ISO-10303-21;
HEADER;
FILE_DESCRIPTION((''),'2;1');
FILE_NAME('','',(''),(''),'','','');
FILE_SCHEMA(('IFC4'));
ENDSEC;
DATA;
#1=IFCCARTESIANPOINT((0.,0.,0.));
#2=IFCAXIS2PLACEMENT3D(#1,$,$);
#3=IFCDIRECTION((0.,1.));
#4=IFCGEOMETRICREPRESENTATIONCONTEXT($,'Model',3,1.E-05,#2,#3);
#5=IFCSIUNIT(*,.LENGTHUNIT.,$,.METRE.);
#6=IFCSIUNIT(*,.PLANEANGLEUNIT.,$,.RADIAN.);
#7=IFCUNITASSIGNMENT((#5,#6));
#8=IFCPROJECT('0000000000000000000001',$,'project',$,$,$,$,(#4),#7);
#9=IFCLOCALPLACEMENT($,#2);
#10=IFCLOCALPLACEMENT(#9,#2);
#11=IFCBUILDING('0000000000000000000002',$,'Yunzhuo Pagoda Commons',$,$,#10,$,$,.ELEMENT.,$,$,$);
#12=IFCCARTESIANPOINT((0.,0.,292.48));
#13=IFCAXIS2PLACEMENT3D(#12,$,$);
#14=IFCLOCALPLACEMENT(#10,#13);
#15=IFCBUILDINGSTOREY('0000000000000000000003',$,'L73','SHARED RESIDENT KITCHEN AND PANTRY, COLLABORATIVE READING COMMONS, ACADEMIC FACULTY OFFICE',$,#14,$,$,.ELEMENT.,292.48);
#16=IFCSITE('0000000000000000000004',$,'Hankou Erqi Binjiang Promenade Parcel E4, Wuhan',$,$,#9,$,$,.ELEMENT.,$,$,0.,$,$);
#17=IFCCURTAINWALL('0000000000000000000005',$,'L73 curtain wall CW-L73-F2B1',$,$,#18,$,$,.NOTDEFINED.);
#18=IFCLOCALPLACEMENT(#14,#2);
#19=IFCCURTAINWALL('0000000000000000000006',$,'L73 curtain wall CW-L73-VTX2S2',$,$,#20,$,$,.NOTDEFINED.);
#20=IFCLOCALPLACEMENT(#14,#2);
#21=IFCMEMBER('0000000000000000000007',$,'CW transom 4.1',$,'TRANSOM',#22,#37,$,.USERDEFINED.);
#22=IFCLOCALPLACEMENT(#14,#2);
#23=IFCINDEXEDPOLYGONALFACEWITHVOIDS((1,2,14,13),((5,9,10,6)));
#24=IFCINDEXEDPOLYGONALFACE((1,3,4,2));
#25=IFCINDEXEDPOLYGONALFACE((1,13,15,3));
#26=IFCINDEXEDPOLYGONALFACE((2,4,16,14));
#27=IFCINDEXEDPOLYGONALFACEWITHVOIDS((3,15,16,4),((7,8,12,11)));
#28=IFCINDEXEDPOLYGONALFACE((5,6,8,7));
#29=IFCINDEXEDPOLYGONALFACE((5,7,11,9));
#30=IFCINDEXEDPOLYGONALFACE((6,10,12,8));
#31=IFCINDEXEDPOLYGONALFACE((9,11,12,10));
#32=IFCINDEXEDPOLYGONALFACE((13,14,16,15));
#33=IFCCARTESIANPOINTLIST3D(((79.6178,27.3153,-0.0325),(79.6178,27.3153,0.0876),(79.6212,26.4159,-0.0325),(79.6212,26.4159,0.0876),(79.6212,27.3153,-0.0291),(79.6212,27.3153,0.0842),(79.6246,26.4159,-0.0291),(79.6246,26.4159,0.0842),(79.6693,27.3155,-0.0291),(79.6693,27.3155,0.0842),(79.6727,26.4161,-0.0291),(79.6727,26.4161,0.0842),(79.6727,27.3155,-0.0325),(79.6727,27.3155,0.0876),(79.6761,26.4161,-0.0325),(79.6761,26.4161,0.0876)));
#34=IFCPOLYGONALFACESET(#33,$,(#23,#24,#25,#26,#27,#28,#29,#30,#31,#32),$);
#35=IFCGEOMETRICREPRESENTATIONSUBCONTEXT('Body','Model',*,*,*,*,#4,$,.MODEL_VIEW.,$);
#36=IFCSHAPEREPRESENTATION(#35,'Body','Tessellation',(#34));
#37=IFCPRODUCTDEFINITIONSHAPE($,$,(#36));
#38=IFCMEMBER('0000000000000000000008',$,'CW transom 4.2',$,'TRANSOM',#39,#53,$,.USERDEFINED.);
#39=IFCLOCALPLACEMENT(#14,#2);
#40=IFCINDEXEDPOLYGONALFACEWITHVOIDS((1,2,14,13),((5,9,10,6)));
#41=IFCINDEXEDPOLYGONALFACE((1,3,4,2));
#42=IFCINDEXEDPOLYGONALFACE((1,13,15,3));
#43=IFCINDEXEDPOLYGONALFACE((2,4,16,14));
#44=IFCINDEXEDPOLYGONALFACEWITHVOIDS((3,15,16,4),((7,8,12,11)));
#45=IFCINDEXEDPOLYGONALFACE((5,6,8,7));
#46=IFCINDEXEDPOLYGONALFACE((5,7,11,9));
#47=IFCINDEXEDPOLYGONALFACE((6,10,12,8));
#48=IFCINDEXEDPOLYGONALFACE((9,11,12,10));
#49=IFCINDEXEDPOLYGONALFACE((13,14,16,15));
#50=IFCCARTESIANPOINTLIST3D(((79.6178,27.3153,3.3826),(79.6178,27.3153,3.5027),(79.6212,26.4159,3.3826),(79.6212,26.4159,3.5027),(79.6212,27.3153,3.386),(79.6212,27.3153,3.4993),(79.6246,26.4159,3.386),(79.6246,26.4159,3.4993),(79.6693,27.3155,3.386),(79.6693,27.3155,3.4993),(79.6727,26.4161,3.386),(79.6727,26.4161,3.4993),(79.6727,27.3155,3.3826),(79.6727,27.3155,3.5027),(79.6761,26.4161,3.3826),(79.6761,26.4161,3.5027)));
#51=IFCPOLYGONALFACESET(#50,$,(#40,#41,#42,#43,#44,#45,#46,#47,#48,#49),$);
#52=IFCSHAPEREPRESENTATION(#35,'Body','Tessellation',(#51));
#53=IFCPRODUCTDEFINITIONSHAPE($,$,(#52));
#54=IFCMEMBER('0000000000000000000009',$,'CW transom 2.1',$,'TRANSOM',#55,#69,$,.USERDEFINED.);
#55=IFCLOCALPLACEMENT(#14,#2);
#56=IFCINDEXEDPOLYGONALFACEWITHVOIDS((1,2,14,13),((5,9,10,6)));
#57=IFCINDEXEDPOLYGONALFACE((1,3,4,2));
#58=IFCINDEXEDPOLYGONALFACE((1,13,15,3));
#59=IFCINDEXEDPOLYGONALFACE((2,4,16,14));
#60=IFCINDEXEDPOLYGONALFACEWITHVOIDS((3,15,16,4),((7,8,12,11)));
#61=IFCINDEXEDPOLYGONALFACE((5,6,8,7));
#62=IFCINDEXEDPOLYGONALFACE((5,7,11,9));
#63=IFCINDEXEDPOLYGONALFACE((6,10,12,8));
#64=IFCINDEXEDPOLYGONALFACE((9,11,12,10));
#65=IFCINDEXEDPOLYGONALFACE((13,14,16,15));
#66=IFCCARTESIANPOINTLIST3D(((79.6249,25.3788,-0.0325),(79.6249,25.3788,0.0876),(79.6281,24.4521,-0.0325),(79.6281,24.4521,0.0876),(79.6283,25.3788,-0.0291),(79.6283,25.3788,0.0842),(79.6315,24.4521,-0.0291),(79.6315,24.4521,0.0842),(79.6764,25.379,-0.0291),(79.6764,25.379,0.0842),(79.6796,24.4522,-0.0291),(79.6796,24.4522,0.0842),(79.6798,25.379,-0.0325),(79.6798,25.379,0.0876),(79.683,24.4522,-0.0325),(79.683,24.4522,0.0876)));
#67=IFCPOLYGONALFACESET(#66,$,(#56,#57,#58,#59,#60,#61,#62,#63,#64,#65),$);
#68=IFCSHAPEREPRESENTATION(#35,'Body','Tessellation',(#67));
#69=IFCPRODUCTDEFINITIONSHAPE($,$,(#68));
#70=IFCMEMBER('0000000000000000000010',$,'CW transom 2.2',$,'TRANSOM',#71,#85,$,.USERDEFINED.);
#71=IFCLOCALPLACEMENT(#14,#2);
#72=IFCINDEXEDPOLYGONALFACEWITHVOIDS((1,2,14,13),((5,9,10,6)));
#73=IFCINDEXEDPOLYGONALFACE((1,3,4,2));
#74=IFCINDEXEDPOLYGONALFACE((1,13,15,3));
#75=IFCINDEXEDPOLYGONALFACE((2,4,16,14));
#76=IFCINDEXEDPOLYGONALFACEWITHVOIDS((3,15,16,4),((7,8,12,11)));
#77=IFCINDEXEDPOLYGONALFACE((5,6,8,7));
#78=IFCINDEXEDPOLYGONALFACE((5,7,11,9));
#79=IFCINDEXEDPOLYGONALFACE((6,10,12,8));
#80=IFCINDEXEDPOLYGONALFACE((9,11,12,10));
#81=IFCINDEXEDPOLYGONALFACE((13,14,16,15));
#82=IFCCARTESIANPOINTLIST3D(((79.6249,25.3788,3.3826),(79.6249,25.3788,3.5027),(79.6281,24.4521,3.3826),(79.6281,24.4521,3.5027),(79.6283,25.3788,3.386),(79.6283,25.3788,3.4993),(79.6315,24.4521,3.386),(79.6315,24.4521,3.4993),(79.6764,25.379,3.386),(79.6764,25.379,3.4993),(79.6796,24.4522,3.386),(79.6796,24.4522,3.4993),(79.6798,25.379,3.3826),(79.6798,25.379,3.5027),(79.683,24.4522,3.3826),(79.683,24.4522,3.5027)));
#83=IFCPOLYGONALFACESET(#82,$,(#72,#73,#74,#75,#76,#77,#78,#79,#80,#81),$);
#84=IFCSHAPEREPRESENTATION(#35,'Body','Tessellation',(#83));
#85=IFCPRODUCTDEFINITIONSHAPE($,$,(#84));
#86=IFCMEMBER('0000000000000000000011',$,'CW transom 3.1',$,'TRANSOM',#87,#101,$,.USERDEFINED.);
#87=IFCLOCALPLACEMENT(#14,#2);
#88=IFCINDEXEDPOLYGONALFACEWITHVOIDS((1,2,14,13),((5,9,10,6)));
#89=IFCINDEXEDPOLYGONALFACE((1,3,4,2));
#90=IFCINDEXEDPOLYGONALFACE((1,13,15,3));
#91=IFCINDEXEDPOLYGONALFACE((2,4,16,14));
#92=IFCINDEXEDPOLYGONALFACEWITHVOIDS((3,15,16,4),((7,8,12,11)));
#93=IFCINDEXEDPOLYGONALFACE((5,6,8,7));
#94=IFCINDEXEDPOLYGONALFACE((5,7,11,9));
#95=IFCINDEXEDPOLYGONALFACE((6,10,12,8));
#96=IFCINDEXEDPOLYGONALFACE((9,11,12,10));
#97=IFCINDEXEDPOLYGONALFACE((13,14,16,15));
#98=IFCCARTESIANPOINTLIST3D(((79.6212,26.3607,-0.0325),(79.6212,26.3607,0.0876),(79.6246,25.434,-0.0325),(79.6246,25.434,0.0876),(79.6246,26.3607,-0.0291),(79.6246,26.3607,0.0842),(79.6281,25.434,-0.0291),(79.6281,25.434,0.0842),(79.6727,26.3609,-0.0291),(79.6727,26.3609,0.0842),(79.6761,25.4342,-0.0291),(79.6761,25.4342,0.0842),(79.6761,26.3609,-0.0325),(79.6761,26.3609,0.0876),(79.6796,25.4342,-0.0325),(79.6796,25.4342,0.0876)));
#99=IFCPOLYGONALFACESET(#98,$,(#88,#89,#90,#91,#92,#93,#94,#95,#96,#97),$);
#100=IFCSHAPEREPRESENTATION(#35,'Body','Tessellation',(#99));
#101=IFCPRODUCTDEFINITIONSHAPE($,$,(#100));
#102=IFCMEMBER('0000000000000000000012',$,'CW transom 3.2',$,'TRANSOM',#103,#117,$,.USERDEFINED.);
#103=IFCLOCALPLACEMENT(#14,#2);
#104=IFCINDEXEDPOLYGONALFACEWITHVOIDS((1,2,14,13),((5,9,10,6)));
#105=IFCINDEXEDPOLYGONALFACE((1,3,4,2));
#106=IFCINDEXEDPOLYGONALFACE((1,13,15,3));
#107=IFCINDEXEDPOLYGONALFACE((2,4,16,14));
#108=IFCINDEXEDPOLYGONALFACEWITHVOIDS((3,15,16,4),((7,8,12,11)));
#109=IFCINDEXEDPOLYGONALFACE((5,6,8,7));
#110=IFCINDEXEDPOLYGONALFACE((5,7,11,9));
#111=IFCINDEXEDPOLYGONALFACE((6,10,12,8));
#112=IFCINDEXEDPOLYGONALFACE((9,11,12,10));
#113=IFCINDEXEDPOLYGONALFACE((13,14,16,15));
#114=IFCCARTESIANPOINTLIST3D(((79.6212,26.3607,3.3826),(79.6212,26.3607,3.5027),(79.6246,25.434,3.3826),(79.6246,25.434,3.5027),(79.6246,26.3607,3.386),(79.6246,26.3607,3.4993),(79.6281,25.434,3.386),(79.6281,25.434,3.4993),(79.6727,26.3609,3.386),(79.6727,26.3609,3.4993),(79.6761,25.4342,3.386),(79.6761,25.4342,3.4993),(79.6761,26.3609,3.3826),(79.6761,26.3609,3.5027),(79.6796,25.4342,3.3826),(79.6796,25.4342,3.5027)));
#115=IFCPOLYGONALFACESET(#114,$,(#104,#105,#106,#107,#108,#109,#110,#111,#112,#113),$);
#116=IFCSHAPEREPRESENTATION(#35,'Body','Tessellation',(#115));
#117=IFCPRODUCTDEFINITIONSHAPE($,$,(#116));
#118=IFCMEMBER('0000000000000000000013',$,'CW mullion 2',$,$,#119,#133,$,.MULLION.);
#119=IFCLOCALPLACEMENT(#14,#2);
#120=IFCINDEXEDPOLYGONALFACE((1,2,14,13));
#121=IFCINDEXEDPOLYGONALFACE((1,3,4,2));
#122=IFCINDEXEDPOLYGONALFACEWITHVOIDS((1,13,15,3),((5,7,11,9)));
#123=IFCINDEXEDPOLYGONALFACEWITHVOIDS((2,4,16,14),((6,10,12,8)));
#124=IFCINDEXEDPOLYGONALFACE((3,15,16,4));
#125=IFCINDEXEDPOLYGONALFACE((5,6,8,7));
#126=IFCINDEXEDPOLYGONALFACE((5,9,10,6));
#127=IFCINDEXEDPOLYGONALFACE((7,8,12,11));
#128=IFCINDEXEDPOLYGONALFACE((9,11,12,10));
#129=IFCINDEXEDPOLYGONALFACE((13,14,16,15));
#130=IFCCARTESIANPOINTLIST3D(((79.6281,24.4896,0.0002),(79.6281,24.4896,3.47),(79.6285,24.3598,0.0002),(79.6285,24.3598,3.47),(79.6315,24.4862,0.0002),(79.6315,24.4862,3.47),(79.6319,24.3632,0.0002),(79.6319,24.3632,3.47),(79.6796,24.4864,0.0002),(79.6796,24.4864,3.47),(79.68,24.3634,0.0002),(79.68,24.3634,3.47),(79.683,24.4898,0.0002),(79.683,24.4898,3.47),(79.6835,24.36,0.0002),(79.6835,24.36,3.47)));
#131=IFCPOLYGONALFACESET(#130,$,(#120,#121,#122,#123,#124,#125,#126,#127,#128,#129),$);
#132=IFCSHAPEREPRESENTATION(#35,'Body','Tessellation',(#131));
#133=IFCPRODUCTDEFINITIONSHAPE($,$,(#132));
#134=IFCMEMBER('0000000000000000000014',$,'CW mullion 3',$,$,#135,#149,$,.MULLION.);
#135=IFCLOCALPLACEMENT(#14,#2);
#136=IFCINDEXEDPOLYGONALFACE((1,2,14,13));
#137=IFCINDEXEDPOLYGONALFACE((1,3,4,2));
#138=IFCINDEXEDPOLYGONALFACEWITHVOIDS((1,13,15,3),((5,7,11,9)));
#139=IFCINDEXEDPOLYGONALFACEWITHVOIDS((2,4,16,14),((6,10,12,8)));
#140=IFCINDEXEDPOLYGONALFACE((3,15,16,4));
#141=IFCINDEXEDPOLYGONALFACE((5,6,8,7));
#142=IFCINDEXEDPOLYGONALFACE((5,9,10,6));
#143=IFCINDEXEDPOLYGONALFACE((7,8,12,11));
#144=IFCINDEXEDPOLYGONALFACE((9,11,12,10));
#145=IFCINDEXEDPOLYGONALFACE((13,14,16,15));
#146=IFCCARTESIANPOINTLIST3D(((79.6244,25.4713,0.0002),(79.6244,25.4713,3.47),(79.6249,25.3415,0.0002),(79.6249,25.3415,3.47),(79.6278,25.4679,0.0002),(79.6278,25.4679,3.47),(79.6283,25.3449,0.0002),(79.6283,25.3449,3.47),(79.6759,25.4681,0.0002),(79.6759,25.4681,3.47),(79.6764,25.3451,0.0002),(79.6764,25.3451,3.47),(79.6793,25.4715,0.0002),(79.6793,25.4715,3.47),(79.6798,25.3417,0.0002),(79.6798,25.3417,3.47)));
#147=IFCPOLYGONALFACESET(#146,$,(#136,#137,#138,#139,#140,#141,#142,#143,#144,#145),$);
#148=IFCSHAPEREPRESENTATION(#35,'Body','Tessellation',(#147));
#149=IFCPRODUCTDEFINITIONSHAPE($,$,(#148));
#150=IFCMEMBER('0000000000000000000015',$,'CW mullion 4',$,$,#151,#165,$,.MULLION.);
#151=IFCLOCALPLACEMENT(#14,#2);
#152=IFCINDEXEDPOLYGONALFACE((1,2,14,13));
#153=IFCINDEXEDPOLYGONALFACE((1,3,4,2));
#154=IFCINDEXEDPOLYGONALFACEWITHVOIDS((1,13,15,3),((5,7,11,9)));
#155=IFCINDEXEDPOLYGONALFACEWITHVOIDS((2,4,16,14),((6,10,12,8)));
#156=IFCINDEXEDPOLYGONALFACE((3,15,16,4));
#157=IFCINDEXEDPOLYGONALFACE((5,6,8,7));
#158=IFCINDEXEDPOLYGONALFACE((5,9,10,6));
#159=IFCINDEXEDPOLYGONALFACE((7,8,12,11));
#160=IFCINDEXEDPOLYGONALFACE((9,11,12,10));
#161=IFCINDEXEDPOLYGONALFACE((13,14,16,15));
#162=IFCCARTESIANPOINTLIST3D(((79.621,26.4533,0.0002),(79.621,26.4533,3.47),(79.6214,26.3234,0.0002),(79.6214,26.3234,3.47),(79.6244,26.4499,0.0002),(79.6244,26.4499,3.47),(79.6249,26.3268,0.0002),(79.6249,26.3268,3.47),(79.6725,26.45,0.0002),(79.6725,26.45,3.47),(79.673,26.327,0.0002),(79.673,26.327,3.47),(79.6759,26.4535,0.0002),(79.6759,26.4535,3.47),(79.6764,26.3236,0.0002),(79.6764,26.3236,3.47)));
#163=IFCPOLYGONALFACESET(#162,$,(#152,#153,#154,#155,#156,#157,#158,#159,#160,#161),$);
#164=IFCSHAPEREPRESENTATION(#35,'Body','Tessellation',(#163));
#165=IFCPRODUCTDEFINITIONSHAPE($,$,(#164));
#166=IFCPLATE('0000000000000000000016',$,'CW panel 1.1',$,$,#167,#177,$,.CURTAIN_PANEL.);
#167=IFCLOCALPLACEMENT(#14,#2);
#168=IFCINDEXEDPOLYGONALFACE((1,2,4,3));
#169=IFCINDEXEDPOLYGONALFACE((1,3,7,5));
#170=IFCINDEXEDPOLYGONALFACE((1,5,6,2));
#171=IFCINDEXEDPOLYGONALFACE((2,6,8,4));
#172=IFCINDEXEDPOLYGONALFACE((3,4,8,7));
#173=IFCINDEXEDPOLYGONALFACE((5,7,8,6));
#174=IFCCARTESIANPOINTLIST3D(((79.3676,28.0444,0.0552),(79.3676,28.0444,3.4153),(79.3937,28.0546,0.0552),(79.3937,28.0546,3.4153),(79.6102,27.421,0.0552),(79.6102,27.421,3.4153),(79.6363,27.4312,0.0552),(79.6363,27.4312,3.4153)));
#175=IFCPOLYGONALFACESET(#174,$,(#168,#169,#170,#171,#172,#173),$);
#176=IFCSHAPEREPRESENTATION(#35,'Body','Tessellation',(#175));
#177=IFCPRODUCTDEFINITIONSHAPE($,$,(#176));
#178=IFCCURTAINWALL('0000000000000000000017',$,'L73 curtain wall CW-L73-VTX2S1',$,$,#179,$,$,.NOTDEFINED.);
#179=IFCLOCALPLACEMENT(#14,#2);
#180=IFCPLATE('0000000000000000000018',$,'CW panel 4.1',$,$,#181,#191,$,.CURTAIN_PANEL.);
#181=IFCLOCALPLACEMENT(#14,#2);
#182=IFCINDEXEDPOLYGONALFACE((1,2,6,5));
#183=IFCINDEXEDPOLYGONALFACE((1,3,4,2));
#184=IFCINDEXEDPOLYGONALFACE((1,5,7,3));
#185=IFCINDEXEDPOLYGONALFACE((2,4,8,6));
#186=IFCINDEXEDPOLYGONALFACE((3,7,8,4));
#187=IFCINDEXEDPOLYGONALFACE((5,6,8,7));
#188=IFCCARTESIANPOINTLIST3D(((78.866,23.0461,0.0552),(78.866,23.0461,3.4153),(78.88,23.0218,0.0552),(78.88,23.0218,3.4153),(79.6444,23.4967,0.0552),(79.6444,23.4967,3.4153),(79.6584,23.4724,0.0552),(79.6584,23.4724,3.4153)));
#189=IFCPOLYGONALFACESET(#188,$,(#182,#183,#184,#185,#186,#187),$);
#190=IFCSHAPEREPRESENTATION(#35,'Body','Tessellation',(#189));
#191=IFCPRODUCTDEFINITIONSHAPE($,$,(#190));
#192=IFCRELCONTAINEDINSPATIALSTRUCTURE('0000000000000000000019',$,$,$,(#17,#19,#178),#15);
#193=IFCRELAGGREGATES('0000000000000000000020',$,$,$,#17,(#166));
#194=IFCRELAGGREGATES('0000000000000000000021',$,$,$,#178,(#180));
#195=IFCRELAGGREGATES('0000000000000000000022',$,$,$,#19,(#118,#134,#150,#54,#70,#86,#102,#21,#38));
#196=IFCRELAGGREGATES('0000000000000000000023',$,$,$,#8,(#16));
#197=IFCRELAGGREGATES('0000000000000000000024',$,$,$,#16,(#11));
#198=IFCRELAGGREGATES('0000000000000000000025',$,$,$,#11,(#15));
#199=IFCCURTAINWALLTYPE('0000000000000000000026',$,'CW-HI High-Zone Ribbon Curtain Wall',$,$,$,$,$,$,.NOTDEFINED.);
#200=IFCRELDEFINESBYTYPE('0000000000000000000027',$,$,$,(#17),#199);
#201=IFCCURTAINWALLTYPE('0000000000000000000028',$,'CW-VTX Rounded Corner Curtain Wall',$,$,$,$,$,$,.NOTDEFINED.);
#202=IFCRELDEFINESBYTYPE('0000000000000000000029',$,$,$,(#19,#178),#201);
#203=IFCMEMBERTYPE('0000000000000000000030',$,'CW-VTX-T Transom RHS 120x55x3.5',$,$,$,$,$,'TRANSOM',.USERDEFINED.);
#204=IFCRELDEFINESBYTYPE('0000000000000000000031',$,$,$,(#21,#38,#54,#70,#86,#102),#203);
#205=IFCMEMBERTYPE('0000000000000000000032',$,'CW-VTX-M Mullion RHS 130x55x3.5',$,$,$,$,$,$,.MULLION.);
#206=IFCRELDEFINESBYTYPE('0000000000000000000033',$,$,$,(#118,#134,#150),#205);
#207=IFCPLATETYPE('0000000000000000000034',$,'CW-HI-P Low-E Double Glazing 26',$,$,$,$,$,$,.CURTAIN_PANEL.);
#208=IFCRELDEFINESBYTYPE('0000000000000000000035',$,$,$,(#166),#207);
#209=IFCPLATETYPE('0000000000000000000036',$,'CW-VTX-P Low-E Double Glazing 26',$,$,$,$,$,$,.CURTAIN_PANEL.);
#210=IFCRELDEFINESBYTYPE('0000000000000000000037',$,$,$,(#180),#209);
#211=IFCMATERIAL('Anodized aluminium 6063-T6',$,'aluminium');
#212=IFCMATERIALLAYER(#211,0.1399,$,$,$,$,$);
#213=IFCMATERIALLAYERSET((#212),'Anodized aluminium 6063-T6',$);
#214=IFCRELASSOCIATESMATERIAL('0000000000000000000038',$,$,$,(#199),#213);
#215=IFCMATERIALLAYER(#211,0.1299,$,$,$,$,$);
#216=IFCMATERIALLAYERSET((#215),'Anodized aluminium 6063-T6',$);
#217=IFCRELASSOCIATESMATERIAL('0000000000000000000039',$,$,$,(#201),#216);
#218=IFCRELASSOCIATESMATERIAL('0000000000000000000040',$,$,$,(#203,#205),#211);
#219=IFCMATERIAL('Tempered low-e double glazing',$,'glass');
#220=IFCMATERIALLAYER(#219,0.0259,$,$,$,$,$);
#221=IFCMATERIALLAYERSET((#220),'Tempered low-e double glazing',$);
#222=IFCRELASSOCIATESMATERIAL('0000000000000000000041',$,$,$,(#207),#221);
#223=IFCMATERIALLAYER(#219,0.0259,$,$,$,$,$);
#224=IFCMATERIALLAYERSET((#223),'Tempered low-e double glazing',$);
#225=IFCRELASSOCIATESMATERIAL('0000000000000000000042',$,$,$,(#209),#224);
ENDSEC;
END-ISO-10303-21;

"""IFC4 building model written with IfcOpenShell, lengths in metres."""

from ifc_helpers import new_model, si_unit, direction, frame, origin, origin_2d, place, context, subcontext, project, spatial, rectangle, hollow_rectangle, extrude, source, transform, mapped, material, layer, layer_set, material_profile, profile_set, type_object, element, aggregate, save


model = new_model("IFC4")

# Units and contexts
model_context = context("Model", 3, precision=1e-05, world=origin(), true_north=direction((0.0, 1.0)))
body_context = subcontext(model_context, "Body", "Model", "MODEL_VIEW")
ifc_project = project(units=[si_unit("LENGTHUNIT", "METRE"), si_unit("PLANEANGLEUNIT", "RADIAN")], contexts=[model_context])

# Site, building, storey
site_placement = place(None, origin())
site = spatial("IfcSite", under=ifc_project, at=site_placement, Name="Hankou Erqi Binjiang Promenade Parcel E4, Wuhan", CompositionType="ELEMENT", RefElevation=0.0)
building_placement = place(site_placement, origin())
building = spatial("IfcBuilding", under=site, at=building_placement, Name="Yunzhuo Pagoda Commons", CompositionType="ELEMENT")
storey_placement = place(building_placement, frame((0.0, 0.0, 292.48)))
storey = spatial("IfcBuildingStorey", under=building, at=storey_placement, Name="L73", Description="SHARED RESIDENT KITCHEN AND PANTRY, COLLABORATIVE READING COMMONS, ACADEMIC FACULTY OFFICE", CompositionType="ELEMENT", Elevation=292.48)

# Shared definitions
ifc_material_1 = material(Name="Anodized aluminium 6063-T6", Category="aluminium")
ifc_layer_1 = layer(ifc_material_1, 0.1399)
ifc_layer_set_1 = layer_set([ifc_layer_1], Name="Anodized aluminium 6063-T6")
curtain_wall_type_1 = type_object("IfcCurtainWallType", Name="CW-HI High-Zone Ribbon Curtain Wall", PredefinedType="NOTDEFINED", material=ifc_layer_set_1)

# Curtain wall
curtain_wall_1_placement = place(storey_placement, origin())
curtain_wall_1 = element("IfcCurtainWall", 1, at=curtain_wall_1_placement, inside=storey, type_object=curtain_wall_type_1, Name="L73 curtain wall CW-L73-F2B1", PredefinedType="NOTDEFINED")

# Curtain wall, members
ifc_layer_2 = layer(ifc_material_1, 0.1299)
ifc_layer_set_2 = layer_set([ifc_layer_2], Name="Anodized aluminium 6063-T6")
curtain_wall_type_2 = type_object("IfcCurtainWallType", Name="CW-VTX Rounded Corner Curtain Wall", PredefinedType="NOTDEFINED", material=ifc_layer_set_2)
curtain_wall_2_placement = place(storey_placement, origin())
curtain_wall_2 = element("IfcCurtainWall", 2, at=curtain_wall_2_placement, inside=storey, type_object=curtain_wall_type_2, Name="L73 curtain wall CW-L73-VTX2S2", PredefinedType="NOTDEFINED")
ifc_material_profile_1 = material_profile(ifc_material_1, hollow_rectangle(XDim=0.0549, YDim=0.1201, WallThickness=0.0034, at=origin_2d()), Name="Anodized aluminium 6063-T6")
ifc_profile_set_1 = profile_set([ifc_material_profile_1], Name="Anodized aluminium 6063-T6")
member_type_1 = type_object("IfcMemberType", Name="CW-VTX-T Transom RHS 120x55x3.5", ElementType="TRANSOM", PredefinedType="USERDEFINED", material=ifc_profile_set_1)
shared_shape_1 = source(origin(), body_context, "Body", "SweptSolid", [
    extrude(hollow_rectangle(XDim=0.0549, YDim=0.1201, WallThickness=0.0034, at=origin_2d()), origin(), (0.0, 0.0, 1.0), 0.8994),
])
member_1_placement = place(storey_placement, frame((79.6487, 26.416, 0.0276), z_axis=(-0.0038, 0.999993, 0.0), x_axis=(-0.999993, -0.0038, 0.0)))
member_1 = element("IfcMember", 3, at=member_1_placement, type_object=member_type_1, Name="CW transom 4.1", ObjectType="TRANSOM", PredefinedType="USERDEFINED", context=body_context, shape_type="MappedRepresentation", body=[
    mapped(shared_shape_1, transform((0.0, 0.0, 0.0), scale=1.0)),
])
member_2_placement = place(storey_placement, frame((79.6487, 26.416, 3.4426), z_axis=(-0.0038, 0.999993, 0.0), x_axis=(-0.999993, -0.0038, 0.0)))
member_2 = element("IfcMember", 4, at=member_2_placement, type_object=member_type_1, Name="CW transom 4.2", ObjectType="TRANSOM", PredefinedType="USERDEFINED", context=body_context, shape_type="MappedRepresentation", body=[
    mapped(shared_shape_1, transform((0.0, 0.0, 0.0), scale=1.0)),
])
shared_shape_2 = source(origin(), body_context, "Body", "SweptSolid", [
    extrude(hollow_rectangle(XDim=0.0549, YDim=0.1201, WallThickness=0.0034, at=origin_2d()), origin(), (0.0, 0.0, 1.0), 0.9268),
])
member_3_placement = place(storey_placement, frame((79.6555, 24.4521, 0.0276), z_axis=(-0.003425, 0.999994, 0.0), x_axis=(-0.999994, -0.003425, 0.0)))
member_3 = element("IfcMember", 5, at=member_3_placement, type_object=member_type_1, Name="CW transom 2.1", ObjectType="TRANSOM", PredefinedType="USERDEFINED", context=body_context, shape_type="MappedRepresentation", body=[
    mapped(shared_shape_2, transform((0.0, 0.0, 0.0), scale=1.0)),
])
member_4_placement = place(storey_placement, frame((79.6555, 24.4521, 3.4426), z_axis=(-0.003425, 0.999994, 0.0), x_axis=(-0.999994, -0.003425, 0.0)))
member_4 = element("IfcMember", 6, at=member_4_placement, type_object=member_type_1, Name="CW transom 2.2", ObjectType="TRANSOM", PredefinedType="USERDEFINED", context=body_context, shape_type="MappedRepresentation", body=[
    mapped(shared_shape_2, transform((0.0, 0.0, 0.0), scale=1.0)),
])
member_5_placement = place(storey_placement, frame((79.6521, 25.4341, 0.0276), z_axis=(-0.003688, 0.999993, 0.0), x_axis=(-0.999993, -0.003688, 0.0)))
member_5 = element("IfcMember", 7, at=member_5_placement, type_object=member_type_1, Name="CW transom 3.1", ObjectType="TRANSOM", PredefinedType="USERDEFINED", context=body_context, shape_type="MappedRepresentation", body=[
    mapped(shared_shape_2, transform((0.0, 0.0, 0.0), scale=1.0)),
])
member_6_placement = place(storey_placement, frame((79.6521, 25.4341, 3.4426), z_axis=(-0.003688, 0.999993, 0.0), x_axis=(-0.999993, -0.003688, 0.0)))
member_6 = element("IfcMember", 8, at=member_6_placement, type_object=member_type_1, Name="CW transom 3.2", ObjectType="TRANSOM", PredefinedType="USERDEFINED", context=body_context, shape_type="MappedRepresentation", body=[
    mapped(shared_shape_2, transform((0.0, 0.0, 0.0), scale=1.0)),
])
ifc_material_profile_2 = material_profile(ifc_material_1, hollow_rectangle(XDim=0.0549, YDim=0.1299, WallThickness=0.0034, at=origin_2d()), Name="Anodized aluminium 6063-T6")
ifc_profile_set_2 = profile_set([ifc_material_profile_2], Name="Anodized aluminium 6063-T6")
member_type_2 = type_object("IfcMemberType", Name="CW-VTX-M Mullion RHS 130x55x3.5", PredefinedType="MULLION", material=ifc_profile_set_2)
shared_shape_3 = source(origin(), body_context, "Body", "SweptSolid", [
    extrude(hollow_rectangle(XDim=0.0549, YDim=0.1299, WallThickness=0.0034, at=origin_2d()), origin(), (0.0, 0.0, 1.0), 3.4697),
])
member_7_placement = place(storey_placement, frame((79.6558, 24.4248, 0.0002), z_axis=(0.0, 0.0, 1.0), x_axis=(-0.999994, -0.00359, 0.0)))
member_7 = element("IfcMember", 9, at=member_7_placement, type_object=member_type_2, Name="CW mullion 2", PredefinedType="MULLION", context=body_context, shape_type="MappedRepresentation", body=[
    mapped(shared_shape_3, transform((0.0, 0.0, 0.0), scale=1.0)),
])
member_8_placement = place(storey_placement, frame((79.6521, 25.4065, 0.0002), z_axis=(0.0, 0.0, 1.0), x_axis=(-0.999994, -0.00359, 0.0)))
member_8 = element("IfcMember", 10, at=member_8_placement, type_object=member_type_2, Name="CW mullion 3", PredefinedType="MULLION", context=body_context, shape_type="MappedRepresentation", body=[
    mapped(shared_shape_3, transform((0.0, 0.0, 0.0), scale=1.0)),
])
member_9_placement = place(storey_placement, frame((79.6487, 26.3884, 0.0002), z_axis=(0.0, 0.0, 1.0), x_axis=(-0.999994, -0.00359, 0.0)))
member_9 = element("IfcMember", 11, at=member_9_placement, type_object=member_type_2, Name="CW mullion 4", PredefinedType="MULLION", context=body_context, shape_type="MappedRepresentation", body=[
    mapped(shared_shape_3, transform((0.0, 0.0, 0.0), scale=1.0)),
])

# Plate
ifc_material_2 = material(Name="Tempered low-e double glazing", Category="glass")
ifc_layer_3 = layer(ifc_material_2, 0.0259)
ifc_layer_set_3 = layer_set([ifc_layer_3], Name="Tempered low-e double glazing")
plate_type_1 = type_object("IfcPlateType", Name="CW-HI-P Low-E Double Glazing 26", PredefinedType="CURTAIN_PANEL", material=ifc_layer_set_3)
shared_shape_4 = source(origin(), body_context, "Body", "SweptSolid", [
    extrude(rectangle(XDim=0.6689, YDim=0.0281, at=origin_2d()), origin(), (0.0, 0.0, 1.0), 3.3601),
])
plate_1_placement = place(storey_placement, frame((79.502, 27.7378, 0.0552), z_axis=(0.0, 0.0, 1.0), x_axis=(-0.362654, 0.931924, 0.0)))
plate_1 = element("IfcPlate", 12, at=plate_1_placement, type_object=plate_type_1, Name="CW panel 1.1", PredefinedType="CURTAIN_PANEL", context=body_context, shape_type="MappedRepresentation", body=[
    mapped(shared_shape_4, transform((0.0, 0.0, 0.0), scale=1.0)),
])
aggregate(curtain_wall_1, [plate_1])

# Curtain wall, plate
curtain_wall_3_placement = place(storey_placement, origin())
curtain_wall_3 = element("IfcCurtainWall", 13, at=curtain_wall_3_placement, inside=storey, type_object=curtain_wall_type_2, Name="L73 curtain wall CW-L73-VTX2S1", PredefinedType="NOTDEFINED")
ifc_layer_4 = layer(ifc_material_2, 0.0259)
ifc_layer_set_4 = layer_set([ifc_layer_4], Name="Tempered low-e double glazing")
plate_type_2 = type_object("IfcPlateType", Name="CW-VTX-P Low-E Double Glazing 26", PredefinedType="CURTAIN_PANEL", material=ifc_layer_set_4)
shared_shape_5 = source(origin(), body_context, "Body", "SweptSolid", [
    extrude(rectangle(XDim=0.8994, YDim=0.0281, at=origin_2d()), origin(), (0.0, 0.0, 1.0), 3.3601),
])
plate_2_placement = place(storey_placement, frame((79.2622, 23.2593, 0.0552), z_axis=(0.0, 0.0, 1.0), x_axis=(0.865437, 0.501017, 0.0)))
plate_2 = element("IfcPlate", 14, at=plate_2_placement, type_object=plate_type_2, Name="CW panel 4.1", PredefinedType="CURTAIN_PANEL", context=body_context, shape_type="MappedRepresentation", body=[
    mapped(shared_shape_5, transform((0.0, 0.0, 0.0), scale=1.0)),
])
aggregate(curtain_wall_3, [plate_2])

aggregate(curtain_wall_2, [member_7, member_8, member_9, member_3, member_4, member_5, member_6, member_1, member_2])

save(model, "model.ifc")
